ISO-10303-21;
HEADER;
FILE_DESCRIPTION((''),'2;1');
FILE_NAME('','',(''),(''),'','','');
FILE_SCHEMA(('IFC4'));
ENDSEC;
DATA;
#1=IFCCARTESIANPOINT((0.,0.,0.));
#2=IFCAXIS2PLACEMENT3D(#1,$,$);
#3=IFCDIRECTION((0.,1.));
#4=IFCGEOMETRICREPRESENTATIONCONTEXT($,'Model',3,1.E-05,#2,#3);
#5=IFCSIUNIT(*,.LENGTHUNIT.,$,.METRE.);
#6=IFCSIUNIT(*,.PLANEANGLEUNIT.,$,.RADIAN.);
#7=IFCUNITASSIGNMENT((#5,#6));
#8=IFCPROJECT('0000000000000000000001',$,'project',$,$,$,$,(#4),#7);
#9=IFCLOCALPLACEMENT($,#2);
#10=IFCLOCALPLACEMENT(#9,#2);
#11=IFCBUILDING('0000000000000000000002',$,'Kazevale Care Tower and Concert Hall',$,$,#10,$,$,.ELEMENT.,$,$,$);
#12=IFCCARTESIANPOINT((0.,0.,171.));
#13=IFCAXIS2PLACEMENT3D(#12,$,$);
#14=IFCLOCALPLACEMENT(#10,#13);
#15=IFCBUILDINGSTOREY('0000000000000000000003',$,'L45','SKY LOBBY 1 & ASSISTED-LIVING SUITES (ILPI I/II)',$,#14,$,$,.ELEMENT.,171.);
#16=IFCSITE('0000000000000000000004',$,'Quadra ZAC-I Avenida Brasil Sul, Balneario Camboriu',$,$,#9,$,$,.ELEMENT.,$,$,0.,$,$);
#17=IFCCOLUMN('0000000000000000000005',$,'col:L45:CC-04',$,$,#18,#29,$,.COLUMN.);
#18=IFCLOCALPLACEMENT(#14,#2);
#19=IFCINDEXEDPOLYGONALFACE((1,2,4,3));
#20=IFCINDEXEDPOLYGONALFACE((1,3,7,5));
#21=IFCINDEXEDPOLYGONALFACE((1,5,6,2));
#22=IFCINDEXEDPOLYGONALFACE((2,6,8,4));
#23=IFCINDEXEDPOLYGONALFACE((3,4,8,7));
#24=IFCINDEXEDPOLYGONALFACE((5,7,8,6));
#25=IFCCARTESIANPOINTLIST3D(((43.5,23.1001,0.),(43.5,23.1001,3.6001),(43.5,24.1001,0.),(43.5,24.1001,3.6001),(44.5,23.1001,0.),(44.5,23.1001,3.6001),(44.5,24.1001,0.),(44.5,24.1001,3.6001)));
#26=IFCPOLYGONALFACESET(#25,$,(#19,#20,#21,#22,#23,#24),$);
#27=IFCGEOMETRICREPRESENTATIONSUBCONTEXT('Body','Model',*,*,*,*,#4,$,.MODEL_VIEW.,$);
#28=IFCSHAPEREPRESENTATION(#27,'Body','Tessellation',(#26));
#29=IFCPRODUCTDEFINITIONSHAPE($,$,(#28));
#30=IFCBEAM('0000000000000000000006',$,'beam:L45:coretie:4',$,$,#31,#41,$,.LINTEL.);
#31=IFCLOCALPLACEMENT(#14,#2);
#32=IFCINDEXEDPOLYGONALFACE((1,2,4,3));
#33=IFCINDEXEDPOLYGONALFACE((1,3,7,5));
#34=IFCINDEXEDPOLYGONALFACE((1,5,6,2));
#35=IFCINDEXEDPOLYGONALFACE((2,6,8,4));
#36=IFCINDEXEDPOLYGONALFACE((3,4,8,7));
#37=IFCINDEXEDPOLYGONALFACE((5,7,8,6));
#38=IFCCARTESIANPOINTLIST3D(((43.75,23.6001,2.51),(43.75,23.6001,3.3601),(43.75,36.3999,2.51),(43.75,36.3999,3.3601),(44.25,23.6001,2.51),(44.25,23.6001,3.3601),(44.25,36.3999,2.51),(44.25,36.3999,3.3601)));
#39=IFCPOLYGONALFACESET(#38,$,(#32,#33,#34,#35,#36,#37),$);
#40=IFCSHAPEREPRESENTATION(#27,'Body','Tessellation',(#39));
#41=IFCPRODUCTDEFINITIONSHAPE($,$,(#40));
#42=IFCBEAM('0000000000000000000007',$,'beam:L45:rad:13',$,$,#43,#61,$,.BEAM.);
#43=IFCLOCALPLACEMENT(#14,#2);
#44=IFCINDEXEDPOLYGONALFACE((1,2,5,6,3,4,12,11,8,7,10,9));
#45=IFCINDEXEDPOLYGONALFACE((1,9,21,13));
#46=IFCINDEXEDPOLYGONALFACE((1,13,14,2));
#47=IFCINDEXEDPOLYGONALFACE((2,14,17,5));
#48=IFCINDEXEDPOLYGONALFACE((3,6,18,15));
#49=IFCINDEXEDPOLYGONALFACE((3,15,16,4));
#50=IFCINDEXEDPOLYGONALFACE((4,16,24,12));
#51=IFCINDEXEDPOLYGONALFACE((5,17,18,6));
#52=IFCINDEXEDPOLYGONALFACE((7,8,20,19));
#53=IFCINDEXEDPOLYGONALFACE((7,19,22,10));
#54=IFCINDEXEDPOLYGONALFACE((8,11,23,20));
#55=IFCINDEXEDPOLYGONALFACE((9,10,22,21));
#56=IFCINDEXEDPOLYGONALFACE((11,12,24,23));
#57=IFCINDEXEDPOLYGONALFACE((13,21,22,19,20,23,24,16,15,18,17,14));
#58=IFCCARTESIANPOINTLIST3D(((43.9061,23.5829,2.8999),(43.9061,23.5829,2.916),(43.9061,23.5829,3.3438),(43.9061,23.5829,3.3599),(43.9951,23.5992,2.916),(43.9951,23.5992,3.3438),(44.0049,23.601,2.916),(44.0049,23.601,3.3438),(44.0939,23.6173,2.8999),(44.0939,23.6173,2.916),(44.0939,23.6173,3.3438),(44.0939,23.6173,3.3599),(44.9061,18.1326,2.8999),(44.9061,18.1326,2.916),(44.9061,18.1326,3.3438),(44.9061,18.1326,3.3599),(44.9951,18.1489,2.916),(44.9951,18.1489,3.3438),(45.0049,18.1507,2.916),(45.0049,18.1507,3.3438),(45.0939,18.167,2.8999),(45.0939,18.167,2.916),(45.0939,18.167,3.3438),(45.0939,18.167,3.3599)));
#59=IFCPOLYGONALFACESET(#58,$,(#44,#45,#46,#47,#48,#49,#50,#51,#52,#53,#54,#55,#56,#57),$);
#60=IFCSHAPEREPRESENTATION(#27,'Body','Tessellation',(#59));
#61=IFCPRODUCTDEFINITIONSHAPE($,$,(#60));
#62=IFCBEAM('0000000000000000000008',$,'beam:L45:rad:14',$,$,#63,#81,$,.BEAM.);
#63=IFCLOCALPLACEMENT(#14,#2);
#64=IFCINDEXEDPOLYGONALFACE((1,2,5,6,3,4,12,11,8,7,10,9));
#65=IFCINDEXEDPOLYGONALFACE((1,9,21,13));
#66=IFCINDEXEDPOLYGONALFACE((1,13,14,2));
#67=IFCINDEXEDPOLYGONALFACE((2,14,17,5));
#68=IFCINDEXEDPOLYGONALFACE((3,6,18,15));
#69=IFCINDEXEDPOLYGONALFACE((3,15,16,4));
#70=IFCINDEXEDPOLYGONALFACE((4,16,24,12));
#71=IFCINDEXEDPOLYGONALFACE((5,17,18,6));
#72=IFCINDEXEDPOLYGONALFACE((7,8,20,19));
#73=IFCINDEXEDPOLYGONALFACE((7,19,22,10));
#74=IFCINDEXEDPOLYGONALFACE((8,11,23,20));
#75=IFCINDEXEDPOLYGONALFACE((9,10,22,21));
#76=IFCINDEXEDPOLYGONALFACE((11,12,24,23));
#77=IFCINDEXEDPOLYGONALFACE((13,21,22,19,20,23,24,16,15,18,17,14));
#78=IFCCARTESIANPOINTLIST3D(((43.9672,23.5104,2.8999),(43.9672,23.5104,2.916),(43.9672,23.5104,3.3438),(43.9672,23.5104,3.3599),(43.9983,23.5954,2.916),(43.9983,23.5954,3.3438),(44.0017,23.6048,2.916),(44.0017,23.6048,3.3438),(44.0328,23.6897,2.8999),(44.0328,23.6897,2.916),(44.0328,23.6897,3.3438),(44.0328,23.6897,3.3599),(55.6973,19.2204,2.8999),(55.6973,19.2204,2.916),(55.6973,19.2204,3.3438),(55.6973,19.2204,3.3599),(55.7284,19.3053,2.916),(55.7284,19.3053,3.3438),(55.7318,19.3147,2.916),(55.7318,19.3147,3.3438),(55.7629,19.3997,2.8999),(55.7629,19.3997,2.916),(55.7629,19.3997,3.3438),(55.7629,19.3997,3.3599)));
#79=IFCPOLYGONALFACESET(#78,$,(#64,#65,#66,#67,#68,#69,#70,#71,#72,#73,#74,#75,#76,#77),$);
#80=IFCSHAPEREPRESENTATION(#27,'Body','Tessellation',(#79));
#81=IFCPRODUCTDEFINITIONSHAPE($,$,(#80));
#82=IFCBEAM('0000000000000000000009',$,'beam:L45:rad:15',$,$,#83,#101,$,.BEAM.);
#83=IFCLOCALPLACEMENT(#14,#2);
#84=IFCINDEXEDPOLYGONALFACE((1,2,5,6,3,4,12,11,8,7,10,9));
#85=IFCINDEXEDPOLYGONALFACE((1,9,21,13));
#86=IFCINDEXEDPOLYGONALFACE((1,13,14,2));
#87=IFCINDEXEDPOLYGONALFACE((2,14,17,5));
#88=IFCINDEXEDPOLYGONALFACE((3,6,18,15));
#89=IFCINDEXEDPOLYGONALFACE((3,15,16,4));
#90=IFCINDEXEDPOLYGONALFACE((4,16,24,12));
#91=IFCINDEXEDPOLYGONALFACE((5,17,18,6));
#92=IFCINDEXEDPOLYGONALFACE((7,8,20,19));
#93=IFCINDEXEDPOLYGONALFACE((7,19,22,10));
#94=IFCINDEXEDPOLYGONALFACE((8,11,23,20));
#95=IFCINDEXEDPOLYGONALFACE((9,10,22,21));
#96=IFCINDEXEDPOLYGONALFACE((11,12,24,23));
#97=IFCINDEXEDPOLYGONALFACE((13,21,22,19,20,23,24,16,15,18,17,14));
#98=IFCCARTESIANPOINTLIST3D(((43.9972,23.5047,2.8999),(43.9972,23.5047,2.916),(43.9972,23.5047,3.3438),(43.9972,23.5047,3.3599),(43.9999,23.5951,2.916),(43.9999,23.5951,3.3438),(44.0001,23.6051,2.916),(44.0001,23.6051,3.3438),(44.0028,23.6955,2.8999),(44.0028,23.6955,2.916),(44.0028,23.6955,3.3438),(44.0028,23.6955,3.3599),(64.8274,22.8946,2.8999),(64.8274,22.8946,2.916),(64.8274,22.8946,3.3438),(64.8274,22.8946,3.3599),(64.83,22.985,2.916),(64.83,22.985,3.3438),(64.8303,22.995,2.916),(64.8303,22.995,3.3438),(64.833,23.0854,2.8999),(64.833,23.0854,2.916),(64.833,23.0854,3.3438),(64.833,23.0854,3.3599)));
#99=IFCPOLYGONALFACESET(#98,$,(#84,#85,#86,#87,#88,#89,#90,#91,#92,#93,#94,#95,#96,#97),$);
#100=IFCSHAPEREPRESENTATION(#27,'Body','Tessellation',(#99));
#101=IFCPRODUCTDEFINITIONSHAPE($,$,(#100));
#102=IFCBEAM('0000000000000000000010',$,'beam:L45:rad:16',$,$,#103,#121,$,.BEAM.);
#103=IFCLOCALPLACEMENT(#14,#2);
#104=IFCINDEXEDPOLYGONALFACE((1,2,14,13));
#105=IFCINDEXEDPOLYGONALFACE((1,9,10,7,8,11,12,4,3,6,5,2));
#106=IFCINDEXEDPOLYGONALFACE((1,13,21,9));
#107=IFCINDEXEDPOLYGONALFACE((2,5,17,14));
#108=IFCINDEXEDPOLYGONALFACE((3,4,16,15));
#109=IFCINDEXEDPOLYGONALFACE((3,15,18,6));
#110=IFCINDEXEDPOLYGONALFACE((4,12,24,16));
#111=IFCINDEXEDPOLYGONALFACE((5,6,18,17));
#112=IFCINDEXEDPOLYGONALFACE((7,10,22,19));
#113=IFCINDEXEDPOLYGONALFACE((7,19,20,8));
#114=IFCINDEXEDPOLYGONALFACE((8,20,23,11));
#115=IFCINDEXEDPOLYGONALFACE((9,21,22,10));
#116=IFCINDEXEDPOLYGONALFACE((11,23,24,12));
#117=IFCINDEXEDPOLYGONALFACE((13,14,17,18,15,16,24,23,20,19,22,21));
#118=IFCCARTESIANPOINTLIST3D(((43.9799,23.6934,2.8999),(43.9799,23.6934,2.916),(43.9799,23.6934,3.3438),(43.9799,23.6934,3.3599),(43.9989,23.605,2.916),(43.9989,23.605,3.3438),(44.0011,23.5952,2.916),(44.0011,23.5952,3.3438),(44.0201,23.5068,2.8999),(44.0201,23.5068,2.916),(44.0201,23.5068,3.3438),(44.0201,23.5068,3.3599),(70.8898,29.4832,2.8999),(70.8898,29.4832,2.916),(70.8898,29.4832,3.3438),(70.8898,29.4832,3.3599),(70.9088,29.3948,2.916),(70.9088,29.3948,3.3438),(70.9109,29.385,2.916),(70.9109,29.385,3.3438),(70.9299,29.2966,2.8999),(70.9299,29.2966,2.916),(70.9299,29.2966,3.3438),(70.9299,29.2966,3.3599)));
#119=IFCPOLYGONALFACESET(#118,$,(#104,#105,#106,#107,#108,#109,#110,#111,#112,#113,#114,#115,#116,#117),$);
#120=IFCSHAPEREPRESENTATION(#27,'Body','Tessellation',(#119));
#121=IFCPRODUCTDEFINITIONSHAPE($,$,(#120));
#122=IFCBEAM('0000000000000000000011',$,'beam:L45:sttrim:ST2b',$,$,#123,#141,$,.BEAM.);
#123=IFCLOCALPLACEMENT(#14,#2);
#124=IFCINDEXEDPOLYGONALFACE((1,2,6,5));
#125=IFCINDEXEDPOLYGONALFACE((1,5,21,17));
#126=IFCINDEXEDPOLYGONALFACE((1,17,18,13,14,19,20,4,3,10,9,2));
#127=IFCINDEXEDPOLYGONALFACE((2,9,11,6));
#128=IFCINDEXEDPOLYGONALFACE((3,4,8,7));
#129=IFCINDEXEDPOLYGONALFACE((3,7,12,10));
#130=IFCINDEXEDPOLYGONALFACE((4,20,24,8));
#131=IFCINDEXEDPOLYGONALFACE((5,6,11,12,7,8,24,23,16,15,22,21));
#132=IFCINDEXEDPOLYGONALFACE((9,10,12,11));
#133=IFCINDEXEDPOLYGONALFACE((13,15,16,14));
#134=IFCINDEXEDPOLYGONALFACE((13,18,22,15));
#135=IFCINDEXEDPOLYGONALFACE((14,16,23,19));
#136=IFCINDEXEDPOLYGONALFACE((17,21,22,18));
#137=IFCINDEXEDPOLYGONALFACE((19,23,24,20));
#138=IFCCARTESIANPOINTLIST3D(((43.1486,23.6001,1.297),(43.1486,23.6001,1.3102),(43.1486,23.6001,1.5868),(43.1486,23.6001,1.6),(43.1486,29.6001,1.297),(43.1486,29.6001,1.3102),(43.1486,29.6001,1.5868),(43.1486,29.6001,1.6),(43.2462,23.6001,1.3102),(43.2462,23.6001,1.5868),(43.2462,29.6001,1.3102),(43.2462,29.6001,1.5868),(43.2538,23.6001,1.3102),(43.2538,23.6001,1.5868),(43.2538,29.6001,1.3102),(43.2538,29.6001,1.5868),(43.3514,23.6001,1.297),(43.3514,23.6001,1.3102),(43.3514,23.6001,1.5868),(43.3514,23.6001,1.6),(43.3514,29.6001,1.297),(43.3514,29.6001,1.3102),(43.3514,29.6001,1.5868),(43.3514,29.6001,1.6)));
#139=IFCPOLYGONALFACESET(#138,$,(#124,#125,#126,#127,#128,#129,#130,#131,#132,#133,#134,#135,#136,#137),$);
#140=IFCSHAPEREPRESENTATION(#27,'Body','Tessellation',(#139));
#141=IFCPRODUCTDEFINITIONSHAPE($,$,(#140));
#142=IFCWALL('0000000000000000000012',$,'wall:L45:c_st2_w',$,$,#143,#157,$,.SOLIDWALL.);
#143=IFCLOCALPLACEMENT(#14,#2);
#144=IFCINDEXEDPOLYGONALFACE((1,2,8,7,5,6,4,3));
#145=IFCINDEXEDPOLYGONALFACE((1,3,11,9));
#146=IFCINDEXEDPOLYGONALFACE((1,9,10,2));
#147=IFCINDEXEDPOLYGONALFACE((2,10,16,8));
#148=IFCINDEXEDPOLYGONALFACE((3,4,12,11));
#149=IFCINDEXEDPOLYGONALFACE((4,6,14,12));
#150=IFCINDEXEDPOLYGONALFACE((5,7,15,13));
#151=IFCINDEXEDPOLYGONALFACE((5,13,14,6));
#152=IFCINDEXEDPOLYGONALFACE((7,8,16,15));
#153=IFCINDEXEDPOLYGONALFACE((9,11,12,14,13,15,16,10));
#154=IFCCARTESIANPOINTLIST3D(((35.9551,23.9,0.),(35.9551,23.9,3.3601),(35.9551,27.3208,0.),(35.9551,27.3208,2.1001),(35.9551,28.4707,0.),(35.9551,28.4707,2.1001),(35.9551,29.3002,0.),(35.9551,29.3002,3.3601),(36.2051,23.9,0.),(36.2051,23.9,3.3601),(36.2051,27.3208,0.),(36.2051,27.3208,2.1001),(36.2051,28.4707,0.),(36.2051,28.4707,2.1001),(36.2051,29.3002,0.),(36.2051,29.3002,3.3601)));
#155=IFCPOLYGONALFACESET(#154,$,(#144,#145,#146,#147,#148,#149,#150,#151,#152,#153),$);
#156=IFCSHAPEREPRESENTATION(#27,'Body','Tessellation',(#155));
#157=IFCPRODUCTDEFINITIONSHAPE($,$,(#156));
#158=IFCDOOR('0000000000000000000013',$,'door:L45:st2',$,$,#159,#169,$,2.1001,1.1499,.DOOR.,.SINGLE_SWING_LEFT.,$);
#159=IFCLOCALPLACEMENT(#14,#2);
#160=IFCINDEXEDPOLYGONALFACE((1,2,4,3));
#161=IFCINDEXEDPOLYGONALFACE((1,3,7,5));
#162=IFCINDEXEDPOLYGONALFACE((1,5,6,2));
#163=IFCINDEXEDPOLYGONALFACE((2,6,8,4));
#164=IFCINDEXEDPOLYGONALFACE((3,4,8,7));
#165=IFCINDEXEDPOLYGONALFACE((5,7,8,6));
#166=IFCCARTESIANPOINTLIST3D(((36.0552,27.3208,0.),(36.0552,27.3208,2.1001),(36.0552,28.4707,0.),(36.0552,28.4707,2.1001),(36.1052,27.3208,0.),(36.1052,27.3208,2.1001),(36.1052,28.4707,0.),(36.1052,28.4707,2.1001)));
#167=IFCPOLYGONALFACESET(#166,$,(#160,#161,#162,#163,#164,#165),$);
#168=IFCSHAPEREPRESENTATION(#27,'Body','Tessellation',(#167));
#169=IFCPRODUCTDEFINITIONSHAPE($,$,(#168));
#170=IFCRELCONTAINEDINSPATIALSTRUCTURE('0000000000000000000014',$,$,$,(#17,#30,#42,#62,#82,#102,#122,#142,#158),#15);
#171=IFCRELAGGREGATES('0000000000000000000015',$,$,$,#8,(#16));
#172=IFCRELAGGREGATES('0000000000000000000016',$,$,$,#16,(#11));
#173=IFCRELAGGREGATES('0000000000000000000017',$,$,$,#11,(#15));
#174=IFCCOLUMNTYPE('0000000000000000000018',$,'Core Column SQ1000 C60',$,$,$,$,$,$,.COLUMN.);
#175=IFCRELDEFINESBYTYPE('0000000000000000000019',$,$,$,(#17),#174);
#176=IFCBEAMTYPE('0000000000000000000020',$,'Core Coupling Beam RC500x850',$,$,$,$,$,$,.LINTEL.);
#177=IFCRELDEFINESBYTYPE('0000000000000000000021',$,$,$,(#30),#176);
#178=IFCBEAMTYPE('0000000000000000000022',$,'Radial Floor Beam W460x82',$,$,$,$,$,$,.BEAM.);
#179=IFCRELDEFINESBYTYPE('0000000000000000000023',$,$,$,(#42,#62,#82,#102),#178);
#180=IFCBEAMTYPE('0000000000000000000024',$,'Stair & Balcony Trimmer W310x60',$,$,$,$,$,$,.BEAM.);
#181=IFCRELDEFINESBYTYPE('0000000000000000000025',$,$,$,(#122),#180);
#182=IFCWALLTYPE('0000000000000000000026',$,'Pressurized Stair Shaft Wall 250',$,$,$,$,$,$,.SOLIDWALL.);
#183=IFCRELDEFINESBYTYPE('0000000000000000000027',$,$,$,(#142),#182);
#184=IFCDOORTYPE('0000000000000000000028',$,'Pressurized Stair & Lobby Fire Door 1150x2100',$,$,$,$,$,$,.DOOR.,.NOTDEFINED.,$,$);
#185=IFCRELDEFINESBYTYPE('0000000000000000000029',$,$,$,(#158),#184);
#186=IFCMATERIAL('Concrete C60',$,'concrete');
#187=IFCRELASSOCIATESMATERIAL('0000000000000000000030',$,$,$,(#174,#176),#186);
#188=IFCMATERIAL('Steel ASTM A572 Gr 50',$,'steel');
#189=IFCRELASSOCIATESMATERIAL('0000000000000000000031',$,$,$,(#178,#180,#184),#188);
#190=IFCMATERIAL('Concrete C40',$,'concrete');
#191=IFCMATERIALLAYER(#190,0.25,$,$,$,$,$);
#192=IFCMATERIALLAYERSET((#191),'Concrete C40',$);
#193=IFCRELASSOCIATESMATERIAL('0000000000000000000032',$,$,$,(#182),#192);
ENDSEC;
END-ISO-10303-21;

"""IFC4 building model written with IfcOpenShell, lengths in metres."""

from ifc_helpers import new_model, si_unit, direction, frame, frame_2d, origin, origin_2d, place, context, subcontext, project, spatial, rectangle, i_section, extrude, material, layer, layer_set, material_profile, profile_set, type_object, element, fill, save


model = new_model("IFC4")

# Units and contexts
model_context = context("Model", 3, precision=1e-05, world=origin(), true_north=direction((0.0, 1.0)))
body_context = subcontext(model_context, "Body", "Model", "MODEL_VIEW")
ifc_project = project(units=[si_unit("LENGTHUNIT", "METRE"), si_unit("PLANEANGLEUNIT", "RADIAN")], contexts=[model_context])

# Site, building, storey
site_placement = place(None, origin())
site = spatial("IfcSite", under=ifc_project, at=site_placement, Name="Quadra ZAC-I Avenida Brasil Sul, Balneario Camboriu", CompositionType="ELEMENT", RefElevation=0.0)
building_placement = place(site_placement, origin())
building = spatial("IfcBuilding", under=site, at=building_placement, Name="Kazevale Care Tower and Concert Hall", CompositionType="ELEMENT")
storey_placement = place(building_placement, frame((0.0, 0.0, 171.0)))
storey = spatial("IfcBuildingStorey", under=building, at=storey_placement, Name="L45", Description="SKY LOBBY 1 & ASSISTED-LIVING SUITES (ILPI I/II)", CompositionType="ELEMENT", Elevation=171.0)

# Column
ifc_material_1 = material(Name="Concrete C60", Category="concrete")
ifc_material_profile_1 = material_profile(ifc_material_1, rectangle(XDim=1.0, YDim=1.0, at=origin_2d()), Name="RC-SQ1000")
ifc_profile_set_1 = profile_set([ifc_material_profile_1], Name="Concrete C60")
column_type = type_object("IfcColumnType", Name="Core Column SQ1000 C60", PredefinedType="COLUMN", material=ifc_profile_set_1)
column_placement = place(storey_placement, frame((44.0, 23.6001, 0.0), z_axis=(0.0, 0.0, 1.0), x_axis=(1.0, 0.0, 0.0)))
element("IfcColumn", 1, at=column_placement, inside=storey, type_object=column_type, Name="col:L45:CC-04", PredefinedType="COLUMN", context=body_context, shape_type="SweptSolid", body=[
    extrude(rectangle(XDim=1.0, YDim=1.0, at=origin_2d()), origin(), (0.0, 0.0, 1.0), 3.6001),
])

# Beams
ifc_material_profile_2 = material_profile(ifc_material_1, rectangle(XDim=0.5, YDim=0.8501, at=origin_2d()), Name="RC-B500x850")
ifc_profile_set_2 = profile_set([ifc_material_profile_2], Name="Concrete C60")
beam_type_1 = type_object("IfcBeamType", Name="Core Coupling Beam RC500x850", PredefinedType="LINTEL", material=ifc_profile_set_2)
beam_1_placement = place(storey_placement, frame((44.0, 23.6001, 2.9351), z_axis=(0.0, 1.0, 0.0), x_axis=(-1.0, 0.0, 0.0)))
element("IfcBeam", 2, at=beam_1_placement, inside=storey, type_object=beam_type_1, Name="beam:L45:coretie:4", PredefinedType="LINTEL", context=body_context, shape_type="SweptSolid", body=[
    extrude(rectangle(XDim=0.5, YDim=0.8501, at=origin_2d()), origin(), (0.0, 0.0, 1.0), 12.7998),
])
ifc_material_2 = material(Name="Steel ASTM A572 Gr 50", Category="steel")
ifc_material_profile_3 = material_profile(ifc_material_2, i_section(OverallWidth=0.1909, OverallDepth=0.46, WebThickness=0.01, FlangeThickness=0.0161, at=origin_2d()), Name="W460x82")
ifc_profile_set_3 = profile_set([ifc_material_profile_3], Name="Steel ASTM A572 Gr 50")
beam_type_2 = type_object("IfcBeamType", Name="Radial Floor Beam W460x82", PredefinedType="BEAM", material=ifc_profile_set_3)
beam_2_placement = place(storey_placement, frame((44.0, 23.6001, 3.1299), z_axis=(0.180467, -0.983581, 0.0), x_axis=(0.983581, 0.180467, 0.0)))
element("IfcBeam", 3, at=beam_2_placement, inside=storey, type_object=beam_type_2, Name="beam:L45:rad:13", PredefinedType="BEAM", context=body_context, shape_type="SweptSolid", body=[
    extrude(i_section(OverallWidth=0.1909, OverallDepth=0.46, WebThickness=0.01, FlangeThickness=0.0161, at=origin_2d()), origin(), (0.0, 0.0, 1.0), 5.5413),
])
beam_3_placement = place(storey_placement, frame((44.0, 23.6001, 3.1299), z_axis=(0.939159, -0.343481, 0.0), x_axis=(0.343481, 0.939159, 0.0)))
element("IfcBeam", 4, at=beam_3_placement, inside=storey, type_object=beam_type_2, Name="beam:L45:rad:14", PredefinedType="BEAM", context=body_context, shape_type="SweptSolid", body=[
    extrude(i_section(OverallWidth=0.1909, OverallDepth=0.46, WebThickness=0.01, FlangeThickness=0.0161, at=origin_2d()), origin(), (0.0, 0.0, 1.0), 12.49),
])
beam_4_placement = place(storey_placement, frame((44.0, 23.6001, 3.1299), z_axis=(0.999571, -0.029277, 0.0), x_axis=(0.029277, 0.999571, 0.0)))
element("IfcBeam", 5, at=beam_4_placement, inside=storey, type_object=beam_type_2, Name="beam:L45:rad:15", PredefinedType="BEAM", context=body_context, shape_type="SweptSolid", body=[
    extrude(i_section(OverallWidth=0.1909, OverallDepth=0.46, WebThickness=0.01, FlangeThickness=0.0161, at=origin_2d()), origin(), (0.0, 0.0, 1.0), 20.8391),
])
beam_5_placement = place(storey_placement, frame((44.0, 23.6001, 3.1299), z_axis=(0.977628, 0.210341, 0.0), x_axis=(-0.210341, 0.977628, 0.0)))
element("IfcBeam", 6, at=beam_5_placement, inside=storey, type_object=beam_type_2, Name="beam:L45:rad:16", PredefinedType="BEAM", context=body_context, shape_type="SweptSolid", body=[
    extrude(i_section(OverallWidth=0.1909, OverallDepth=0.46, WebThickness=0.01, FlangeThickness=0.0161, at=origin_2d()), origin(), (0.0, 0.0, 1.0), 27.5256),
])
ifc_material_profile_4 = material_profile(ifc_material_2, i_section(OverallWidth=0.2029, OverallDepth=0.303, WebThickness=0.0076, FlangeThickness=0.0132, at=origin_2d()), Name="W310x60")
ifc_profile_set_4 = profile_set([ifc_material_profile_4], Name="Steel ASTM A572 Gr 50")
beam_type_3 = type_object("IfcBeamType", Name="Stair & Balcony Trimmer W310x60", PredefinedType="BEAM", material=ifc_profile_set_4)
beam_6_placement = place(storey_placement, frame((43.25, 23.6001, 1.4485), z_axis=(0.0, 1.0, 0.0), x_axis=(-1.0, 0.0, 0.0)))
element("IfcBeam", 7, at=beam_6_placement, inside=storey, type_object=beam_type_3, Name="beam:L45:sttrim:ST2b", PredefinedType="BEAM", context=body_context, shape_type="SweptSolid", body=[
    extrude(i_section(OverallWidth=0.2029, OverallDepth=0.303, WebThickness=0.0076, FlangeThickness=0.0132, at=origin_2d()), origin(), (0.0, 0.0, 1.0), 6.0),
])

# Wall, opening, door
ifc_material_3 = material(Name="Concrete C40", Category="concrete")
ifc_layer_1 = layer(ifc_material_3, 0.25)
ifc_layer_set_1 = layer_set([ifc_layer_1], Name="Concrete C40")
wall_type_1 = type_object("IfcWallType", Name="Pressurized Stair Shaft Wall 250", PredefinedType="SOLIDWALL", material=ifc_layer_set_1)
wall_1_placement = place(storey_placement, frame((36.0801, 23.8999, 0.0), z_axis=(0.0, 0.0, 1.0), x_axis=(0.0, 1.0, 0.0)))
wall_1 = element("IfcWall", 8, at=wall_1_placement, inside=storey, type_object=wall_type_1, Name="wall:L45:c_st2_w", PredefinedType="SOLIDWALL", context=body_context, shape_type="SweptSolid", body=[
    extrude(rectangle(XDim=5.4001, YDim=0.25, at=frame_2d((2.7002, 0.0))), origin(), (0.0, 0.0, 1.0), 3.3601),
])
opening_1_placement = place(wall_1_placement, frame((3.4209, 0.0, 0.0)))
opening_1 = element("IfcOpeningElement", 9, at=opening_1_placement, cuts=wall_1, PredefinedType="OPENING", context=body_context, shape_type="SweptSolid", body=[
    extrude(rectangle(XDim=1.1499, YDim=2.1001, at=frame_2d((0.575, 1.05))), frame((0.0, 0.135, 0.0), z_axis=(0.0, -1.0, 0.0), x_axis=(1.0, 0.0, 0.0)), (0.0, 0.0, 1.0), 0.27),
])
door_type_1 = type_object("IfcDoorType", Name="Pressurized Stair & Lobby Fire Door 1150x2100", OperationType="NOTDEFINED", PredefinedType="DOOR", material=ifc_material_2)
door_1_placement = place(opening_1_placement, origin())
door_1 = element("IfcDoor", 10, at=door_1_placement, inside=storey, type_object=door_type_1, Name="door:L45:st2", OperationType="SINGLE_SWING_LEFT", OverallHeight=2.1001, OverallWidth=1.1499, PredefinedType="DOOR", context=body_context, shape_type="SweptSolid", body=[
    extrude(rectangle(XDim=1.1499, YDim=2.1001, at=frame_2d((0.575, 1.05))), frame((0.0, 0.0249, 0.0), z_axis=(0.0, -1.0, 0.0), x_axis=(1.0, 0.0, 0.0)), (0.0, 0.0, 1.0), 0.05),
])
fill(opening_1, door_1)

save(model, "model.ifc")
